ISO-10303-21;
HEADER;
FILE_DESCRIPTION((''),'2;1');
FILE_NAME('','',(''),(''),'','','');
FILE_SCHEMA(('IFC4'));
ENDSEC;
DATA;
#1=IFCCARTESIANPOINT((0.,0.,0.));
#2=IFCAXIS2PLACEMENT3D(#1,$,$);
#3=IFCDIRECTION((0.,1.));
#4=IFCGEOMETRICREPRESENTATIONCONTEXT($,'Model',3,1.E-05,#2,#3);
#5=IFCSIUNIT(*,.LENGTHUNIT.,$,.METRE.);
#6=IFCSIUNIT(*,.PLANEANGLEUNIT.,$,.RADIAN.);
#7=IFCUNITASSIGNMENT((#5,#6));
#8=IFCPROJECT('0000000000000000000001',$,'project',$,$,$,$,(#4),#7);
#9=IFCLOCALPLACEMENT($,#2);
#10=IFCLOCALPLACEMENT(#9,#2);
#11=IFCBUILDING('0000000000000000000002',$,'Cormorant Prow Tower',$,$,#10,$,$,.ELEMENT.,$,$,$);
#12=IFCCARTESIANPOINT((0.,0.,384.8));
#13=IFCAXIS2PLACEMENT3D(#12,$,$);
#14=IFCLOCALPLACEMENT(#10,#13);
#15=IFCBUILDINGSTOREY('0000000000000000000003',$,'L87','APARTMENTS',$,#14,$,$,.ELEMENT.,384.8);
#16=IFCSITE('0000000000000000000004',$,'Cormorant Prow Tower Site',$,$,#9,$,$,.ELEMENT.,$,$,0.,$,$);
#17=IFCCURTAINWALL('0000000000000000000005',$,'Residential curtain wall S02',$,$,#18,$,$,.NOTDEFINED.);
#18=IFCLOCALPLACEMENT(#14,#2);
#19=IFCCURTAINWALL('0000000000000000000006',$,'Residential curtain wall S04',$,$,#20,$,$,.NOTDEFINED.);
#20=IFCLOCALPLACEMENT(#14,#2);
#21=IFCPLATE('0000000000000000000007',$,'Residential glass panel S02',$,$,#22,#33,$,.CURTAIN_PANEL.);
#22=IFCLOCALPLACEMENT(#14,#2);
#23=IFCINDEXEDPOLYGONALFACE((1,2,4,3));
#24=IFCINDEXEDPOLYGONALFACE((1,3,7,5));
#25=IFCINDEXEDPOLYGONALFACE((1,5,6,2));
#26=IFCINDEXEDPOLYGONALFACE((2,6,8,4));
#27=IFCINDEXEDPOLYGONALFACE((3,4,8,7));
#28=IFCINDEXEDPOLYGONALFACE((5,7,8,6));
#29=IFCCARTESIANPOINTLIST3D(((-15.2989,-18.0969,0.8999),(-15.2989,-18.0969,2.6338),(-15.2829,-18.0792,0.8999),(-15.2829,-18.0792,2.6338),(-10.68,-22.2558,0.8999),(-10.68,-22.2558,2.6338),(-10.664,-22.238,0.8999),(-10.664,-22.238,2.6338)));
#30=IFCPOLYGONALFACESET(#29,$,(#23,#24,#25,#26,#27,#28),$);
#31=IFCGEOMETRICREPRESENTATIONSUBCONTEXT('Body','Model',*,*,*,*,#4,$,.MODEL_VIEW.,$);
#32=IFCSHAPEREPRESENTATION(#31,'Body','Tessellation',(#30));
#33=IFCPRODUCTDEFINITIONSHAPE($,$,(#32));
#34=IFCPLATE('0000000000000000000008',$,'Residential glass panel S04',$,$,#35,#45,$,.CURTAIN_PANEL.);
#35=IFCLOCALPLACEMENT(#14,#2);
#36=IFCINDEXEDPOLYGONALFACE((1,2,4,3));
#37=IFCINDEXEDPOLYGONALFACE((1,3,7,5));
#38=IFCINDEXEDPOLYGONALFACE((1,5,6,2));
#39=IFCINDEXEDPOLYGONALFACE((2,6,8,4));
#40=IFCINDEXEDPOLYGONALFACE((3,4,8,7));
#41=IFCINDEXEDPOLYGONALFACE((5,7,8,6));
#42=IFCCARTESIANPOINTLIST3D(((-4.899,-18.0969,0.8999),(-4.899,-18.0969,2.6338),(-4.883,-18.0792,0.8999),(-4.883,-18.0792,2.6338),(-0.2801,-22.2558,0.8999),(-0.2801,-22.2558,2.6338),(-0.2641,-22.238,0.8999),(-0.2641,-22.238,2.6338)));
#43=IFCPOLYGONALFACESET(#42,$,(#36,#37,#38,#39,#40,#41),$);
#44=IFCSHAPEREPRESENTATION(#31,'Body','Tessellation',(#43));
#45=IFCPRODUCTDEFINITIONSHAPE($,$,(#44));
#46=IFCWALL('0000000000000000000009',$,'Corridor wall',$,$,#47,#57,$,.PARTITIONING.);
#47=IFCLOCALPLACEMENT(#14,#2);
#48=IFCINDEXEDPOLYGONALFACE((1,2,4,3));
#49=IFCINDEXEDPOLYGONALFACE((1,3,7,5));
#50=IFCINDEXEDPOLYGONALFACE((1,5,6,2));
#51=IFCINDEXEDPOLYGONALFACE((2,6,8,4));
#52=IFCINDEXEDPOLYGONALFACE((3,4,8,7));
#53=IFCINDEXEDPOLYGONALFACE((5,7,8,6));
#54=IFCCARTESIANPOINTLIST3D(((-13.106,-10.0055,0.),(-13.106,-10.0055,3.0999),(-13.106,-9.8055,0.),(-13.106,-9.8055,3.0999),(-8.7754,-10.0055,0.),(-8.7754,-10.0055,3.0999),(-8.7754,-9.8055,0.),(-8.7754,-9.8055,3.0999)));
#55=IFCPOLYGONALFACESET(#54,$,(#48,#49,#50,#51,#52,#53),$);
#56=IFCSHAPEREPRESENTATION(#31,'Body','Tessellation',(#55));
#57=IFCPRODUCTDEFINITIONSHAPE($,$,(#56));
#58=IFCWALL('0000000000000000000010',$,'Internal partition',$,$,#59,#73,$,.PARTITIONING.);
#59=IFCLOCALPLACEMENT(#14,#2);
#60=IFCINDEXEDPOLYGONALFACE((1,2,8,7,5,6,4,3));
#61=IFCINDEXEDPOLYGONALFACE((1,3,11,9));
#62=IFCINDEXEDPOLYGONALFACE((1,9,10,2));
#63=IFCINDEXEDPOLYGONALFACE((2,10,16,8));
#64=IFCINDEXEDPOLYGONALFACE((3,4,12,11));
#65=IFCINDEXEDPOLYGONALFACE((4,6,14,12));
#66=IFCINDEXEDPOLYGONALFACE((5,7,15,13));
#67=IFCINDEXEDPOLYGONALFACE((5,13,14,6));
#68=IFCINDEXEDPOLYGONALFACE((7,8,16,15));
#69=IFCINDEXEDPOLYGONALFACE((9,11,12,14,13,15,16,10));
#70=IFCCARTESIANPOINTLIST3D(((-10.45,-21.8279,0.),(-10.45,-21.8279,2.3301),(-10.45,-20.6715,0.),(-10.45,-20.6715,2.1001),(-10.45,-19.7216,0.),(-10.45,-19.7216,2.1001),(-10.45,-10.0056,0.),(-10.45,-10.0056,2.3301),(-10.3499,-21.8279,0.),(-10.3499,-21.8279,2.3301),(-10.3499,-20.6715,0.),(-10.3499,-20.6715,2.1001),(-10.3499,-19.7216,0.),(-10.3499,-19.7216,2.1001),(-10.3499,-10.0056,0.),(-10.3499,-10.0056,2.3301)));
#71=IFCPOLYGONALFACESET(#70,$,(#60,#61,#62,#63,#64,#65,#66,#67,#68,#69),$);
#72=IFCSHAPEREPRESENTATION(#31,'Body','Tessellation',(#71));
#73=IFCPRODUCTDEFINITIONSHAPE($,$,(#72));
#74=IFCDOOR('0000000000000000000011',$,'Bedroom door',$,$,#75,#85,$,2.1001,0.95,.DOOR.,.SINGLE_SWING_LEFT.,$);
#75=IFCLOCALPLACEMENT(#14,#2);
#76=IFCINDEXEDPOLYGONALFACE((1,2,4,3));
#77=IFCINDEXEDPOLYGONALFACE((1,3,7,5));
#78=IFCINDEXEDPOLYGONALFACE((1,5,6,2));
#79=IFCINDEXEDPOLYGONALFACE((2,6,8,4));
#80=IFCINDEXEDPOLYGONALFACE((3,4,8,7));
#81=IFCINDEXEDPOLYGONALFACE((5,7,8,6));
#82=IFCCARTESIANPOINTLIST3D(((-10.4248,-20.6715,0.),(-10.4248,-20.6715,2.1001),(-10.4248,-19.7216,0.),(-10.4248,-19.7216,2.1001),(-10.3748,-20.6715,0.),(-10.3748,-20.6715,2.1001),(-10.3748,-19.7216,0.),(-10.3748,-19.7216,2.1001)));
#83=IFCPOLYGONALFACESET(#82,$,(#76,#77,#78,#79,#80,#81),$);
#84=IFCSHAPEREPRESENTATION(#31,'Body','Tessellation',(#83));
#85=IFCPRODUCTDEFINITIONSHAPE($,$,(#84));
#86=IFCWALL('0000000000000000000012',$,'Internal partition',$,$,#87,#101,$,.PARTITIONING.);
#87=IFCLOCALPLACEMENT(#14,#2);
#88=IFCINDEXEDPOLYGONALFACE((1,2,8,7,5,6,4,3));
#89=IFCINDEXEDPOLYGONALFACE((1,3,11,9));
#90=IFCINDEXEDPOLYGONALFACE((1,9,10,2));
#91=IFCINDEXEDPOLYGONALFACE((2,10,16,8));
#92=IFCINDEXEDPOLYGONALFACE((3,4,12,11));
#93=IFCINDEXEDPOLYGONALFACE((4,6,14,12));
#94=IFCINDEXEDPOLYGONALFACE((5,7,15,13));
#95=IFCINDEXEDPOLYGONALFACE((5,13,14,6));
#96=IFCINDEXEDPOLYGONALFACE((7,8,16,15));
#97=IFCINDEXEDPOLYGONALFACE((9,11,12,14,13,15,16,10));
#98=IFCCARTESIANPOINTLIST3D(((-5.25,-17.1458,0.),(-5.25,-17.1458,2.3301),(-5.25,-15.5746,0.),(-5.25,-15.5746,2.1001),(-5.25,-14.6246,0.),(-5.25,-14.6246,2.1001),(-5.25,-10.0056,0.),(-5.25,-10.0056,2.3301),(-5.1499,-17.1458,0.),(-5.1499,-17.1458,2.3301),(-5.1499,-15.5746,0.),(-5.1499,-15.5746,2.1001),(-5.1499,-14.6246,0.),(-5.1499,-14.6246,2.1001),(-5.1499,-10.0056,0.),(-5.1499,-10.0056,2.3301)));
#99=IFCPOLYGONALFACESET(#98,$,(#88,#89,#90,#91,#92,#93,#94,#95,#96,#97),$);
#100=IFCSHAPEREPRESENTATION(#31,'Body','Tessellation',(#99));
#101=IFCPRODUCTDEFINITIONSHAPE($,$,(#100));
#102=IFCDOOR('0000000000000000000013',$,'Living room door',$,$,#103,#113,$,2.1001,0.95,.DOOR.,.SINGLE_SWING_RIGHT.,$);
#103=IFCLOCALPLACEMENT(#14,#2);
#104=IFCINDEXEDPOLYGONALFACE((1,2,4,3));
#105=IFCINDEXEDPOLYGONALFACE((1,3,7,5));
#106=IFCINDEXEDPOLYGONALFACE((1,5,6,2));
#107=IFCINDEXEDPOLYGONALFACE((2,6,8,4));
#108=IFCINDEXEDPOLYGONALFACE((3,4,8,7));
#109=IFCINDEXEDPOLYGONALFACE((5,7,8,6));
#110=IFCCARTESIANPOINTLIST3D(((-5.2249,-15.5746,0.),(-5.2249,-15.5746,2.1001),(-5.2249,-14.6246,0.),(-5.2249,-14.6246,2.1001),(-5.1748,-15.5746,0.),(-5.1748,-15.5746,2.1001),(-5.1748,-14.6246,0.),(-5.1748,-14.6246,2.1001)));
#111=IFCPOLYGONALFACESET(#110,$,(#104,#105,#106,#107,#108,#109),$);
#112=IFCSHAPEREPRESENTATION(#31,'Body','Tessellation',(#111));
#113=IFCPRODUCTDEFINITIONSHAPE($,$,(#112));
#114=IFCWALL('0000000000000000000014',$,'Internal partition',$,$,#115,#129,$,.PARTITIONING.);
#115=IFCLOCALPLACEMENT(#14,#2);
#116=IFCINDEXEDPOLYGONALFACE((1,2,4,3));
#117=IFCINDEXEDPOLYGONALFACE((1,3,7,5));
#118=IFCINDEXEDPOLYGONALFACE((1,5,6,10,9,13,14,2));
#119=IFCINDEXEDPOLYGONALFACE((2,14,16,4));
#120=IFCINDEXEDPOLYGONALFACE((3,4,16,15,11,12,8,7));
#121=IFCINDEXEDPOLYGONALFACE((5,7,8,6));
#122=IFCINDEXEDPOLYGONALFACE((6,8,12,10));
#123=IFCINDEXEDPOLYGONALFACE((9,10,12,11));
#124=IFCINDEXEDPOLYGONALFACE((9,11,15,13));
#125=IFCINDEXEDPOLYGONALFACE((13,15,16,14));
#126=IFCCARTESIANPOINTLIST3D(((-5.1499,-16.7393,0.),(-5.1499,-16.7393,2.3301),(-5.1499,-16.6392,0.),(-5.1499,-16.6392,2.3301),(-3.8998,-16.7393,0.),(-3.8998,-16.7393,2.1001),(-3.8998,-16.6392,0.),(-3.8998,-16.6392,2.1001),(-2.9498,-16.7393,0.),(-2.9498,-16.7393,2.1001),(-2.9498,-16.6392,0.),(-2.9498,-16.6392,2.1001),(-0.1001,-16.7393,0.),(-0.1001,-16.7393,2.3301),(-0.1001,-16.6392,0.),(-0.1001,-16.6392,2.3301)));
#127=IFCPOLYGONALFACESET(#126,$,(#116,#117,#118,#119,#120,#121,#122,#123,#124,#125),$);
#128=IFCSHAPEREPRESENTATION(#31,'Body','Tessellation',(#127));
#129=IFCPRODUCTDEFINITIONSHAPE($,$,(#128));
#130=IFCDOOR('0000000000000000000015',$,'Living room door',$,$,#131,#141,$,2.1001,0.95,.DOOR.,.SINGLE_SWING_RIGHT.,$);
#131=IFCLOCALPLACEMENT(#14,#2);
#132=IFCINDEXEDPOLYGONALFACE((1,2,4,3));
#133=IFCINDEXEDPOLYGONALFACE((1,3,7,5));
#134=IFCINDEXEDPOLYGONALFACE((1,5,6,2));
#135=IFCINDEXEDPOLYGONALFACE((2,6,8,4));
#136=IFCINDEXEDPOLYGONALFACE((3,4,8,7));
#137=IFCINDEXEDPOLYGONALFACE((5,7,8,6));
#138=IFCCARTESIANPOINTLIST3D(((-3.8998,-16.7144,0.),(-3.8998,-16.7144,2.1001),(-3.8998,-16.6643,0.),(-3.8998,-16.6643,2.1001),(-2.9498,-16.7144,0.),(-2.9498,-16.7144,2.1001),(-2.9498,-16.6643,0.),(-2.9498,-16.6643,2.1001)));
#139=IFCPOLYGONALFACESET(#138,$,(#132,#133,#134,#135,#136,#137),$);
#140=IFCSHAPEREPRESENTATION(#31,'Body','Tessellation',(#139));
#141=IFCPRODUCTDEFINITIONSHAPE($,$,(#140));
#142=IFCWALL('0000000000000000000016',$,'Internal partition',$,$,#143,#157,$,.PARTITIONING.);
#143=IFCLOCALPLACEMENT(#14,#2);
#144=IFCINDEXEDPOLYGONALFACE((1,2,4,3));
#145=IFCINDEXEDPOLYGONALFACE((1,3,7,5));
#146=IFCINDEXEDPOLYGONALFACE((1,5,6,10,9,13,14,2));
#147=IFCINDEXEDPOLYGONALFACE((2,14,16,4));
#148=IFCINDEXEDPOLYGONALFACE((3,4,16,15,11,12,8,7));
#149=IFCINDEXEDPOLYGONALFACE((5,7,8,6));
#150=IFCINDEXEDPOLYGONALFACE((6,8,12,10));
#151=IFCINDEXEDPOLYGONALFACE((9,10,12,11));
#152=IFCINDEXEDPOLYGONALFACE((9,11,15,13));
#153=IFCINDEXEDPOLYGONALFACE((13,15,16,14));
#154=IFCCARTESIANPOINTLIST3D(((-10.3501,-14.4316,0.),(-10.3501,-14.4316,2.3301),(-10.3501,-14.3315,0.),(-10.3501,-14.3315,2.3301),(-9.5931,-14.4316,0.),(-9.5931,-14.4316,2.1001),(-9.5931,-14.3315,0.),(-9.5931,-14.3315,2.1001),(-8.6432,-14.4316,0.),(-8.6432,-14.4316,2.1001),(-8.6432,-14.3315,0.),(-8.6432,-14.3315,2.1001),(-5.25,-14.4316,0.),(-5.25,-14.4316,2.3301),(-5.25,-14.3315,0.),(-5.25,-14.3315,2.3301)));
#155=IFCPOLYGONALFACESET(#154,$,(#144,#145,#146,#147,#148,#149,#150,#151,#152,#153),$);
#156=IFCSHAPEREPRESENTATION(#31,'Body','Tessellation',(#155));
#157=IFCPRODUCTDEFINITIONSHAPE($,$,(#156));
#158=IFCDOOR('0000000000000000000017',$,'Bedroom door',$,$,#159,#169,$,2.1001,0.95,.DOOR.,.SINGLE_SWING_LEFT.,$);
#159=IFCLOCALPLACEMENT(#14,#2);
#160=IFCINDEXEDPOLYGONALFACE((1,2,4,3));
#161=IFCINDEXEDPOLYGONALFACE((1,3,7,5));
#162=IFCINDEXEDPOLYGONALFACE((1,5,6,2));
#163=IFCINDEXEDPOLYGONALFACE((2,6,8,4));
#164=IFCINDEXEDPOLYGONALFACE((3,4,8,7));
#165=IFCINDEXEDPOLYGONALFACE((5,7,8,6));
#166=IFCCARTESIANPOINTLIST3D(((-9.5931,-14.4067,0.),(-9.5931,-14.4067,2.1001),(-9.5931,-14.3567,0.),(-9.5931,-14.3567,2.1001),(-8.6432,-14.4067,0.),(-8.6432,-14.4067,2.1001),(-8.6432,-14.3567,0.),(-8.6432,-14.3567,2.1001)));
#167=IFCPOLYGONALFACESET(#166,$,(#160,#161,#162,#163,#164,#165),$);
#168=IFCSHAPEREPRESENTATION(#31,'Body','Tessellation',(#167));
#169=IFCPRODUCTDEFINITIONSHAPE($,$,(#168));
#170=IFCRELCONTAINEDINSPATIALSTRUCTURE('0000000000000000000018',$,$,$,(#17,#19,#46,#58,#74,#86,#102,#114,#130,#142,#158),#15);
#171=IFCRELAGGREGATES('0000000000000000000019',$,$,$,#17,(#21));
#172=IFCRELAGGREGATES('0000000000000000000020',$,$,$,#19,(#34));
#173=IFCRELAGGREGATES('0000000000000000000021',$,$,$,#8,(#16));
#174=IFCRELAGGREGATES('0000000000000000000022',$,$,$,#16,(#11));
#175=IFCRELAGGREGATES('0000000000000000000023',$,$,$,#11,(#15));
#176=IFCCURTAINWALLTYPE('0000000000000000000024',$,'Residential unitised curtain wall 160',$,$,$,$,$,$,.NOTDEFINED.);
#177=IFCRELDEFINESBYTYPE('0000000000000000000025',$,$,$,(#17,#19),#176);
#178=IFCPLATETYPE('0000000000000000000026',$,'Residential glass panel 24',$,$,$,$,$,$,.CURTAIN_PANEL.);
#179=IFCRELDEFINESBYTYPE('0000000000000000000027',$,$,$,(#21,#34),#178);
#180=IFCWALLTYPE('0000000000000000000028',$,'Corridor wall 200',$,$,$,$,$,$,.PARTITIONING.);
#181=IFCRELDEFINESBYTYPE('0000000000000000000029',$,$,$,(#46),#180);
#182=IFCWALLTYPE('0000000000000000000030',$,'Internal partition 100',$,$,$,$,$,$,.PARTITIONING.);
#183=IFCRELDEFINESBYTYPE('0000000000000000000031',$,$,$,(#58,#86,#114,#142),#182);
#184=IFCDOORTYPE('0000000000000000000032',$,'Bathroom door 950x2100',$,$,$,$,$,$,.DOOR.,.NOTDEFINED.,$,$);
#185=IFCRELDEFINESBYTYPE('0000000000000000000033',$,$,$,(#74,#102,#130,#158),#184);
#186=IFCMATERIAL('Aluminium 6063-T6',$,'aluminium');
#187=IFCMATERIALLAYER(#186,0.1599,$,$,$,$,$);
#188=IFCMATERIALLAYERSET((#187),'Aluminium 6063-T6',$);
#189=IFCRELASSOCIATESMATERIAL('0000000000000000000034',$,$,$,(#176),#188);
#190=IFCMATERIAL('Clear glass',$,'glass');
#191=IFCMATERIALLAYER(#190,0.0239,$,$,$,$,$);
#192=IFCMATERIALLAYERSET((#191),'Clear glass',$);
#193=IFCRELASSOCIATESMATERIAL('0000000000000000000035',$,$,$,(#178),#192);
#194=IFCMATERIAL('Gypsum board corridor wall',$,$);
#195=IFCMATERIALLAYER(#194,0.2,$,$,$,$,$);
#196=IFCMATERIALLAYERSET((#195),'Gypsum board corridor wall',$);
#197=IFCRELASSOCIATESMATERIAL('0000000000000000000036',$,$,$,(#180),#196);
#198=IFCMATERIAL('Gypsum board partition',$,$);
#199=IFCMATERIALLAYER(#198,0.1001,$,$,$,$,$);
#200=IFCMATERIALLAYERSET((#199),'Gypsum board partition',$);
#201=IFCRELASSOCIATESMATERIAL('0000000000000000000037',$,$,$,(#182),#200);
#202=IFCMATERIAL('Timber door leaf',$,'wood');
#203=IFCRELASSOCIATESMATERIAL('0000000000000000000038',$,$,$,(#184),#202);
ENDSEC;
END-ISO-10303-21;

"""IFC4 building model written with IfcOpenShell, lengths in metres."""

from ifc_helpers import new_model, si_unit, direction, frame, frame_2d, origin, origin_2d, place, context, subcontext, project, spatial, rectangle, extrude, material, layer, layer_set, type_object, element, fill, aggregate, save


model = new_model("IFC4")

# Units and contexts
model_context = context("Model", 3, precision=1e-05, world=origin(), true_north=direction((0.0, 1.0)))
body_context = subcontext(model_context, "Body", "Model", "MODEL_VIEW")
ifc_project = project(units=[si_unit("LENGTHUNIT", "METRE"), si_unit("PLANEANGLEUNIT", "RADIAN")], contexts=[model_context])

# Site, building, storey
site_placement = place(None, origin())
site = spatial("IfcSite", under=ifc_project, at=site_placement, Name="Cormorant Prow Tower Site", CompositionType="ELEMENT", RefElevation=0.0)
building_placement = place(site_placement, origin())
building = spatial("IfcBuilding", under=site, at=building_placement, Name="Cormorant Prow Tower", CompositionType="ELEMENT")
storey_placement = place(building_placement, frame((0.0, 0.0, 384.8)))
storey = spatial("IfcBuildingStorey", under=building, at=storey_placement, Name="L87", Description="APARTMENTS", CompositionType="ELEMENT", Elevation=384.8)

# Curtain walls
ifc_material_1 = material(Name="Aluminium 6063-T6", Category="aluminium")
ifc_layer_1 = layer(ifc_material_1, 0.1599)
ifc_layer_set_1 = layer_set([ifc_layer_1], Name="Aluminium 6063-T6")
curtain_wall_type = type_object("IfcCurtainWallType", Name="Residential unitised curtain wall 160", PredefinedType="NOTDEFINED", material=ifc_layer_set_1)
curtain_wall_1_placement = place(storey_placement, origin())
curtain_wall_1 = element("IfcCurtainWall", 1, at=curtain_wall_1_placement, inside=storey, type_object=curtain_wall_type, Name="Residential curtain wall S02", PredefinedType="NOTDEFINED")
curtain_wall_2_placement = place(storey_placement, origin())
curtain_wall_2 = element("IfcCurtainWall", 2, at=curtain_wall_2_placement, inside=storey, type_object=curtain_wall_type, Name="Residential curtain wall S04", PredefinedType="NOTDEFINED")

# Plates
ifc_material_2 = material(Name="Clear glass", Category="glass")
ifc_layer_2 = layer(ifc_material_2, 0.0239)
ifc_layer_set_2 = layer_set([ifc_layer_2], Name="Clear glass")
plate_type = type_object("IfcPlateType", Name="Residential glass panel 24", PredefinedType="CURTAIN_PANEL", material=ifc_layer_set_2)
plate_1_placement = place(storey_placement, frame((-12.9814, -20.1675, 0.8999), z_axis=(0.0, 0.0, 1.0), x_axis=(0.743145, -0.669131, 0.0)))
plate_1 = element("IfcPlate", 3, at=plate_1_placement, type_object=plate_type, Name="Residential glass panel S02", PredefinedType="CURTAIN_PANEL", context=body_context, shape_type="SweptSolid", body=[
    extrude(rectangle(XDim=6.2153, YDim=0.0239, at=origin_2d()), origin(), (0.0, 0.0, 1.0), 1.7339),
])
aggregate(curtain_wall_1, [plate_1])
plate_2_placement = place(storey_placement, frame((-2.5815, -20.1675, 0.8999), z_axis=(0.0, 0.0, 1.0), x_axis=(0.743145, -0.669131, 0.0)))
plate_2 = element("IfcPlate", 4, at=plate_2_placement, type_object=plate_type, Name="Residential glass panel S04", PredefinedType="CURTAIN_PANEL", context=body_context, shape_type="SweptSolid", body=[
    extrude(rectangle(XDim=6.2153, YDim=0.0239, at=origin_2d()), origin(), (0.0, 0.0, 1.0), 1.7339),
])
aggregate(curtain_wall_2, [plate_2])

# Wall
ifc_material_3 = material(Name="Gypsum board corridor wall")
ifc_layer_3 = layer(ifc_material_3, 0.2)
ifc_layer_set_3 = layer_set([ifc_layer_3], Name="Gypsum board corridor wall")
wall_type_1 = type_object("IfcWallType", Name="Corridor wall 200", PredefinedType="PARTITIONING", material=ifc_layer_set_3)
wall_1_placement = place(storey_placement, frame((-13.106, -9.9055, 0.0), z_axis=(0.0, 0.0, 1.0), x_axis=(1.0, 0.0, 0.0)))
element("IfcWall", 5, at=wall_1_placement, inside=storey, type_object=wall_type_1, Name="Corridor wall", PredefinedType="PARTITIONING", context=body_context, shape_type="SweptSolid", body=[
    extrude(rectangle(XDim=4.3306, YDim=0.2, at=frame_2d((2.1653, 0.0))), origin(), (0.0, 0.0, 1.0), 3.0999),
])

# Walls, openings, doors
ifc_material_4 = material(Name="Gypsum board partition")
ifc_layer_4 = layer(ifc_material_4, 0.1001)
ifc_layer_set_4 = layer_set([ifc_layer_4], Name="Gypsum board partition")
wall_type_2 = type_object("IfcWallType", Name="Internal partition 100", PredefinedType="PARTITIONING", material=ifc_layer_set_4)
wall_2_placement = place(storey_placement, frame((-10.3999, -21.8279, 0.0), z_axis=(0.0, 0.0, 1.0), x_axis=(0.0, 1.0, 0.0)))
wall_2 = element("IfcWall", 6, at=wall_2_placement, inside=storey, type_object=wall_type_2, Name="Internal partition", PredefinedType="PARTITIONING", context=body_context, shape_type="SweptSolid", body=[
    extrude(rectangle(XDim=11.8223, YDim=0.1001, at=frame_2d((5.9111, 0.0))), origin(), (0.0, 0.0, 1.0), 2.3301),
])
opening_1_placement = place(wall_2_placement, frame((1.1562, 0.0, 0.0)))
opening_1 = element("IfcOpeningElement", 7, at=opening_1_placement, cuts=wall_2, PredefinedType="OPENING", context=body_context, shape_type="SweptSolid", body=[
    extrude(rectangle(XDim=0.95, YDim=2.1001, at=frame_2d((0.4751, 1.05))), frame((0.0, 0.0601, 0.0), z_axis=(0.0, -1.0, 0.0), x_axis=(1.0, 0.0, 0.0)), (0.0, 0.0, 1.0), 0.1201),
])
ifc_material_5 = material(Name="Timber door leaf", Category="wood")
door_type_1 = type_object("IfcDoorType", Name="Bathroom door 950x2100", OperationType="NOTDEFINED", PredefinedType="DOOR", material=ifc_material_5)
door_1_placement = place(opening_1_placement, origin())
door_1 = element("IfcDoor", 8, at=door_1_placement, inside=storey, type_object=door_type_1, Name="Bedroom door", OperationType="SINGLE_SWING_LEFT", OverallHeight=2.1001, OverallWidth=0.95, PredefinedType="DOOR", context=body_context, shape_type="SweptSolid", body=[
    extrude(rectangle(XDim=0.95, YDim=2.1001, at=frame_2d((0.4751, 1.05))), frame((0.0, 0.0249, 0.0), z_axis=(0.0, -1.0, 0.0), x_axis=(1.0, 0.0, 0.0)), (0.0, 0.0, 1.0), 0.05),
])
fill(opening_1, door_1)
wall_3_placement = place(storey_placement, frame((-5.2, -17.1458, 0.0), z_axis=(0.0, 0.0, 1.0), x_axis=(0.0, 1.0, 0.0)))
wall_3 = element("IfcWall", 9, at=wall_3_placement, inside=storey, type_object=wall_type_2, Name="Internal partition", PredefinedType="PARTITIONING", context=body_context, shape_type="SweptSolid", body=[
    extrude(rectangle(XDim=7.1401, YDim=0.1001, at=frame_2d((3.5701, 0.0))), origin(), (0.0, 0.0, 1.0), 2.3301),
])
opening_2_placement = place(wall_3_placement, frame((1.571, 0.0, 0.0)))
opening_2 = element("IfcOpeningElement", 10, at=opening_2_placement, cuts=wall_3, PredefinedType="OPENING", context=body_context, shape_type="SweptSolid", body=[
    extrude(rectangle(XDim=0.95, YDim=2.1001, at=frame_2d((0.4751, 1.05))), frame((0.0, 0.0601, 0.0), z_axis=(0.0, -1.0, 0.0), x_axis=(1.0, 0.0, 0.0)), (0.0, 0.0, 1.0), 0.1201),
])
door_2_placement = place(opening_2_placement, origin())
door_2 = element("IfcDoor", 11, at=door_2_placement, inside=storey, type_object=door_type_1, Name="Living room door", OperationType="SINGLE_SWING_RIGHT", OverallHeight=2.1001, OverallWidth=0.95, PredefinedType="DOOR", context=body_context, shape_type="SweptSolid", body=[
    extrude(rectangle(XDim=0.95, YDim=2.1001, at=frame_2d((0.4751, 1.05))), frame((0.0, 0.0249, 0.0), z_axis=(0.0, -1.0, 0.0), x_axis=(1.0, 0.0, 0.0)), (0.0, 0.0, 1.0), 0.05),
])
fill(opening_2, door_2)
wall_4_placement = place(storey_placement, frame((-5.1499, -16.6892, 0.0), z_axis=(0.0, 0.0, 1.0), x_axis=(1.0, 0.0, 0.0)))
wall_4 = element("IfcWall", 12, at=wall_4_placement, inside=storey, type_object=wall_type_2, Name="Internal partition", PredefinedType="PARTITIONING", context=body_context, shape_type="SweptSolid", body=[
    extrude(rectangle(XDim=5.0498, YDim=0.1001, at=frame_2d((2.5249, 0.0))), origin(), (0.0, 0.0, 1.0), 2.3301),
])
opening_3_placement = place(wall_4_placement, frame((1.25, 0.0, 0.0)))
opening_3 = element("IfcOpeningElement", 13, at=opening_3_placement, cuts=wall_4, PredefinedType="OPENING", context=body_context, shape_type="SweptSolid", body=[
    extrude(rectangle(XDim=0.95, YDim=2.1001, at=frame_2d((0.4751, 1.05))), frame((0.0, 0.0601, 0.0), z_axis=(0.0, -1.0, 0.0), x_axis=(1.0, 0.0, 0.0)), (0.0, 0.0, 1.0), 0.1201),
])
door_3_placement = place(opening_3_placement, origin())
door_3 = element("IfcDoor", 14, at=door_3_placement, inside=storey, type_object=door_type_1, Name="Living room door", OperationType="SINGLE_SWING_RIGHT", OverallHeight=2.1001, OverallWidth=0.95, PredefinedType="DOOR", context=body_context, shape_type="SweptSolid", body=[
    extrude(rectangle(XDim=0.95, YDim=2.1001, at=frame_2d((0.4751, 1.05))), frame((0.0, 0.0249, 0.0), z_axis=(0.0, -1.0, 0.0), x_axis=(1.0, 0.0, 0.0)), (0.0, 0.0, 1.0), 0.05),
])
fill(opening_3, door_3)
wall_5_placement = place(storey_placement, frame((-10.3501, -14.3816, 0.0), z_axis=(0.0, 0.0, 1.0), x_axis=(1.0, 0.0, 0.0)))
wall_5 = element("IfcWall", 15, at=wall_5_placement, inside=storey, type_object=wall_type_2, Name="Internal partition", PredefinedType="PARTITIONING", context=body_context, shape_type="SweptSolid", body=[
    extrude(rectangle(XDim=5.1001, YDim=0.1001, at=frame_2d((2.55, 0.0))), origin(), (0.0, 0.0, 1.0), 2.3301),
])
opening_4_placement = place(wall_5_placement, frame((0.7568, 0.0, 0.0)))
opening_4 = element("IfcOpeningElement", 16, at=opening_4_placement, cuts=wall_5, PredefinedType="OPENING", context=body_context, shape_type="SweptSolid", body=[
    extrude(rectangle(XDim=0.95, YDim=2.1001, at=frame_2d((0.4751, 1.05))), frame((0.0, 0.0601, 0.0), z_axis=(0.0, -1.0, 0.0), x_axis=(1.0, 0.0, 0.0)), (0.0, 0.0, 1.0), 0.1201),
])
door_4_placement = place(opening_4_placement, origin())
door_4 = element("IfcDoor", 17, at=door_4_placement, inside=storey, type_object=door_type_1, Name="Bedroom door", OperationType="SINGLE_SWING_LEFT", OverallHeight=2.1001, OverallWidth=0.95, PredefinedType="DOOR", context=body_context, shape_type="SweptSolid", body=[
    extrude(rectangle(XDim=0.95, YDim=2.1001, at=frame_2d((0.4751, 1.05))), frame((0.0, 0.0249, 0.0), z_axis=(0.0, -1.0, 0.0), x_axis=(1.0, 0.0, 0.0)), (0.0, 0.0, 1.0), 0.05),
])
fill(opening_4, door_4)

save(model, "model.ifc")
